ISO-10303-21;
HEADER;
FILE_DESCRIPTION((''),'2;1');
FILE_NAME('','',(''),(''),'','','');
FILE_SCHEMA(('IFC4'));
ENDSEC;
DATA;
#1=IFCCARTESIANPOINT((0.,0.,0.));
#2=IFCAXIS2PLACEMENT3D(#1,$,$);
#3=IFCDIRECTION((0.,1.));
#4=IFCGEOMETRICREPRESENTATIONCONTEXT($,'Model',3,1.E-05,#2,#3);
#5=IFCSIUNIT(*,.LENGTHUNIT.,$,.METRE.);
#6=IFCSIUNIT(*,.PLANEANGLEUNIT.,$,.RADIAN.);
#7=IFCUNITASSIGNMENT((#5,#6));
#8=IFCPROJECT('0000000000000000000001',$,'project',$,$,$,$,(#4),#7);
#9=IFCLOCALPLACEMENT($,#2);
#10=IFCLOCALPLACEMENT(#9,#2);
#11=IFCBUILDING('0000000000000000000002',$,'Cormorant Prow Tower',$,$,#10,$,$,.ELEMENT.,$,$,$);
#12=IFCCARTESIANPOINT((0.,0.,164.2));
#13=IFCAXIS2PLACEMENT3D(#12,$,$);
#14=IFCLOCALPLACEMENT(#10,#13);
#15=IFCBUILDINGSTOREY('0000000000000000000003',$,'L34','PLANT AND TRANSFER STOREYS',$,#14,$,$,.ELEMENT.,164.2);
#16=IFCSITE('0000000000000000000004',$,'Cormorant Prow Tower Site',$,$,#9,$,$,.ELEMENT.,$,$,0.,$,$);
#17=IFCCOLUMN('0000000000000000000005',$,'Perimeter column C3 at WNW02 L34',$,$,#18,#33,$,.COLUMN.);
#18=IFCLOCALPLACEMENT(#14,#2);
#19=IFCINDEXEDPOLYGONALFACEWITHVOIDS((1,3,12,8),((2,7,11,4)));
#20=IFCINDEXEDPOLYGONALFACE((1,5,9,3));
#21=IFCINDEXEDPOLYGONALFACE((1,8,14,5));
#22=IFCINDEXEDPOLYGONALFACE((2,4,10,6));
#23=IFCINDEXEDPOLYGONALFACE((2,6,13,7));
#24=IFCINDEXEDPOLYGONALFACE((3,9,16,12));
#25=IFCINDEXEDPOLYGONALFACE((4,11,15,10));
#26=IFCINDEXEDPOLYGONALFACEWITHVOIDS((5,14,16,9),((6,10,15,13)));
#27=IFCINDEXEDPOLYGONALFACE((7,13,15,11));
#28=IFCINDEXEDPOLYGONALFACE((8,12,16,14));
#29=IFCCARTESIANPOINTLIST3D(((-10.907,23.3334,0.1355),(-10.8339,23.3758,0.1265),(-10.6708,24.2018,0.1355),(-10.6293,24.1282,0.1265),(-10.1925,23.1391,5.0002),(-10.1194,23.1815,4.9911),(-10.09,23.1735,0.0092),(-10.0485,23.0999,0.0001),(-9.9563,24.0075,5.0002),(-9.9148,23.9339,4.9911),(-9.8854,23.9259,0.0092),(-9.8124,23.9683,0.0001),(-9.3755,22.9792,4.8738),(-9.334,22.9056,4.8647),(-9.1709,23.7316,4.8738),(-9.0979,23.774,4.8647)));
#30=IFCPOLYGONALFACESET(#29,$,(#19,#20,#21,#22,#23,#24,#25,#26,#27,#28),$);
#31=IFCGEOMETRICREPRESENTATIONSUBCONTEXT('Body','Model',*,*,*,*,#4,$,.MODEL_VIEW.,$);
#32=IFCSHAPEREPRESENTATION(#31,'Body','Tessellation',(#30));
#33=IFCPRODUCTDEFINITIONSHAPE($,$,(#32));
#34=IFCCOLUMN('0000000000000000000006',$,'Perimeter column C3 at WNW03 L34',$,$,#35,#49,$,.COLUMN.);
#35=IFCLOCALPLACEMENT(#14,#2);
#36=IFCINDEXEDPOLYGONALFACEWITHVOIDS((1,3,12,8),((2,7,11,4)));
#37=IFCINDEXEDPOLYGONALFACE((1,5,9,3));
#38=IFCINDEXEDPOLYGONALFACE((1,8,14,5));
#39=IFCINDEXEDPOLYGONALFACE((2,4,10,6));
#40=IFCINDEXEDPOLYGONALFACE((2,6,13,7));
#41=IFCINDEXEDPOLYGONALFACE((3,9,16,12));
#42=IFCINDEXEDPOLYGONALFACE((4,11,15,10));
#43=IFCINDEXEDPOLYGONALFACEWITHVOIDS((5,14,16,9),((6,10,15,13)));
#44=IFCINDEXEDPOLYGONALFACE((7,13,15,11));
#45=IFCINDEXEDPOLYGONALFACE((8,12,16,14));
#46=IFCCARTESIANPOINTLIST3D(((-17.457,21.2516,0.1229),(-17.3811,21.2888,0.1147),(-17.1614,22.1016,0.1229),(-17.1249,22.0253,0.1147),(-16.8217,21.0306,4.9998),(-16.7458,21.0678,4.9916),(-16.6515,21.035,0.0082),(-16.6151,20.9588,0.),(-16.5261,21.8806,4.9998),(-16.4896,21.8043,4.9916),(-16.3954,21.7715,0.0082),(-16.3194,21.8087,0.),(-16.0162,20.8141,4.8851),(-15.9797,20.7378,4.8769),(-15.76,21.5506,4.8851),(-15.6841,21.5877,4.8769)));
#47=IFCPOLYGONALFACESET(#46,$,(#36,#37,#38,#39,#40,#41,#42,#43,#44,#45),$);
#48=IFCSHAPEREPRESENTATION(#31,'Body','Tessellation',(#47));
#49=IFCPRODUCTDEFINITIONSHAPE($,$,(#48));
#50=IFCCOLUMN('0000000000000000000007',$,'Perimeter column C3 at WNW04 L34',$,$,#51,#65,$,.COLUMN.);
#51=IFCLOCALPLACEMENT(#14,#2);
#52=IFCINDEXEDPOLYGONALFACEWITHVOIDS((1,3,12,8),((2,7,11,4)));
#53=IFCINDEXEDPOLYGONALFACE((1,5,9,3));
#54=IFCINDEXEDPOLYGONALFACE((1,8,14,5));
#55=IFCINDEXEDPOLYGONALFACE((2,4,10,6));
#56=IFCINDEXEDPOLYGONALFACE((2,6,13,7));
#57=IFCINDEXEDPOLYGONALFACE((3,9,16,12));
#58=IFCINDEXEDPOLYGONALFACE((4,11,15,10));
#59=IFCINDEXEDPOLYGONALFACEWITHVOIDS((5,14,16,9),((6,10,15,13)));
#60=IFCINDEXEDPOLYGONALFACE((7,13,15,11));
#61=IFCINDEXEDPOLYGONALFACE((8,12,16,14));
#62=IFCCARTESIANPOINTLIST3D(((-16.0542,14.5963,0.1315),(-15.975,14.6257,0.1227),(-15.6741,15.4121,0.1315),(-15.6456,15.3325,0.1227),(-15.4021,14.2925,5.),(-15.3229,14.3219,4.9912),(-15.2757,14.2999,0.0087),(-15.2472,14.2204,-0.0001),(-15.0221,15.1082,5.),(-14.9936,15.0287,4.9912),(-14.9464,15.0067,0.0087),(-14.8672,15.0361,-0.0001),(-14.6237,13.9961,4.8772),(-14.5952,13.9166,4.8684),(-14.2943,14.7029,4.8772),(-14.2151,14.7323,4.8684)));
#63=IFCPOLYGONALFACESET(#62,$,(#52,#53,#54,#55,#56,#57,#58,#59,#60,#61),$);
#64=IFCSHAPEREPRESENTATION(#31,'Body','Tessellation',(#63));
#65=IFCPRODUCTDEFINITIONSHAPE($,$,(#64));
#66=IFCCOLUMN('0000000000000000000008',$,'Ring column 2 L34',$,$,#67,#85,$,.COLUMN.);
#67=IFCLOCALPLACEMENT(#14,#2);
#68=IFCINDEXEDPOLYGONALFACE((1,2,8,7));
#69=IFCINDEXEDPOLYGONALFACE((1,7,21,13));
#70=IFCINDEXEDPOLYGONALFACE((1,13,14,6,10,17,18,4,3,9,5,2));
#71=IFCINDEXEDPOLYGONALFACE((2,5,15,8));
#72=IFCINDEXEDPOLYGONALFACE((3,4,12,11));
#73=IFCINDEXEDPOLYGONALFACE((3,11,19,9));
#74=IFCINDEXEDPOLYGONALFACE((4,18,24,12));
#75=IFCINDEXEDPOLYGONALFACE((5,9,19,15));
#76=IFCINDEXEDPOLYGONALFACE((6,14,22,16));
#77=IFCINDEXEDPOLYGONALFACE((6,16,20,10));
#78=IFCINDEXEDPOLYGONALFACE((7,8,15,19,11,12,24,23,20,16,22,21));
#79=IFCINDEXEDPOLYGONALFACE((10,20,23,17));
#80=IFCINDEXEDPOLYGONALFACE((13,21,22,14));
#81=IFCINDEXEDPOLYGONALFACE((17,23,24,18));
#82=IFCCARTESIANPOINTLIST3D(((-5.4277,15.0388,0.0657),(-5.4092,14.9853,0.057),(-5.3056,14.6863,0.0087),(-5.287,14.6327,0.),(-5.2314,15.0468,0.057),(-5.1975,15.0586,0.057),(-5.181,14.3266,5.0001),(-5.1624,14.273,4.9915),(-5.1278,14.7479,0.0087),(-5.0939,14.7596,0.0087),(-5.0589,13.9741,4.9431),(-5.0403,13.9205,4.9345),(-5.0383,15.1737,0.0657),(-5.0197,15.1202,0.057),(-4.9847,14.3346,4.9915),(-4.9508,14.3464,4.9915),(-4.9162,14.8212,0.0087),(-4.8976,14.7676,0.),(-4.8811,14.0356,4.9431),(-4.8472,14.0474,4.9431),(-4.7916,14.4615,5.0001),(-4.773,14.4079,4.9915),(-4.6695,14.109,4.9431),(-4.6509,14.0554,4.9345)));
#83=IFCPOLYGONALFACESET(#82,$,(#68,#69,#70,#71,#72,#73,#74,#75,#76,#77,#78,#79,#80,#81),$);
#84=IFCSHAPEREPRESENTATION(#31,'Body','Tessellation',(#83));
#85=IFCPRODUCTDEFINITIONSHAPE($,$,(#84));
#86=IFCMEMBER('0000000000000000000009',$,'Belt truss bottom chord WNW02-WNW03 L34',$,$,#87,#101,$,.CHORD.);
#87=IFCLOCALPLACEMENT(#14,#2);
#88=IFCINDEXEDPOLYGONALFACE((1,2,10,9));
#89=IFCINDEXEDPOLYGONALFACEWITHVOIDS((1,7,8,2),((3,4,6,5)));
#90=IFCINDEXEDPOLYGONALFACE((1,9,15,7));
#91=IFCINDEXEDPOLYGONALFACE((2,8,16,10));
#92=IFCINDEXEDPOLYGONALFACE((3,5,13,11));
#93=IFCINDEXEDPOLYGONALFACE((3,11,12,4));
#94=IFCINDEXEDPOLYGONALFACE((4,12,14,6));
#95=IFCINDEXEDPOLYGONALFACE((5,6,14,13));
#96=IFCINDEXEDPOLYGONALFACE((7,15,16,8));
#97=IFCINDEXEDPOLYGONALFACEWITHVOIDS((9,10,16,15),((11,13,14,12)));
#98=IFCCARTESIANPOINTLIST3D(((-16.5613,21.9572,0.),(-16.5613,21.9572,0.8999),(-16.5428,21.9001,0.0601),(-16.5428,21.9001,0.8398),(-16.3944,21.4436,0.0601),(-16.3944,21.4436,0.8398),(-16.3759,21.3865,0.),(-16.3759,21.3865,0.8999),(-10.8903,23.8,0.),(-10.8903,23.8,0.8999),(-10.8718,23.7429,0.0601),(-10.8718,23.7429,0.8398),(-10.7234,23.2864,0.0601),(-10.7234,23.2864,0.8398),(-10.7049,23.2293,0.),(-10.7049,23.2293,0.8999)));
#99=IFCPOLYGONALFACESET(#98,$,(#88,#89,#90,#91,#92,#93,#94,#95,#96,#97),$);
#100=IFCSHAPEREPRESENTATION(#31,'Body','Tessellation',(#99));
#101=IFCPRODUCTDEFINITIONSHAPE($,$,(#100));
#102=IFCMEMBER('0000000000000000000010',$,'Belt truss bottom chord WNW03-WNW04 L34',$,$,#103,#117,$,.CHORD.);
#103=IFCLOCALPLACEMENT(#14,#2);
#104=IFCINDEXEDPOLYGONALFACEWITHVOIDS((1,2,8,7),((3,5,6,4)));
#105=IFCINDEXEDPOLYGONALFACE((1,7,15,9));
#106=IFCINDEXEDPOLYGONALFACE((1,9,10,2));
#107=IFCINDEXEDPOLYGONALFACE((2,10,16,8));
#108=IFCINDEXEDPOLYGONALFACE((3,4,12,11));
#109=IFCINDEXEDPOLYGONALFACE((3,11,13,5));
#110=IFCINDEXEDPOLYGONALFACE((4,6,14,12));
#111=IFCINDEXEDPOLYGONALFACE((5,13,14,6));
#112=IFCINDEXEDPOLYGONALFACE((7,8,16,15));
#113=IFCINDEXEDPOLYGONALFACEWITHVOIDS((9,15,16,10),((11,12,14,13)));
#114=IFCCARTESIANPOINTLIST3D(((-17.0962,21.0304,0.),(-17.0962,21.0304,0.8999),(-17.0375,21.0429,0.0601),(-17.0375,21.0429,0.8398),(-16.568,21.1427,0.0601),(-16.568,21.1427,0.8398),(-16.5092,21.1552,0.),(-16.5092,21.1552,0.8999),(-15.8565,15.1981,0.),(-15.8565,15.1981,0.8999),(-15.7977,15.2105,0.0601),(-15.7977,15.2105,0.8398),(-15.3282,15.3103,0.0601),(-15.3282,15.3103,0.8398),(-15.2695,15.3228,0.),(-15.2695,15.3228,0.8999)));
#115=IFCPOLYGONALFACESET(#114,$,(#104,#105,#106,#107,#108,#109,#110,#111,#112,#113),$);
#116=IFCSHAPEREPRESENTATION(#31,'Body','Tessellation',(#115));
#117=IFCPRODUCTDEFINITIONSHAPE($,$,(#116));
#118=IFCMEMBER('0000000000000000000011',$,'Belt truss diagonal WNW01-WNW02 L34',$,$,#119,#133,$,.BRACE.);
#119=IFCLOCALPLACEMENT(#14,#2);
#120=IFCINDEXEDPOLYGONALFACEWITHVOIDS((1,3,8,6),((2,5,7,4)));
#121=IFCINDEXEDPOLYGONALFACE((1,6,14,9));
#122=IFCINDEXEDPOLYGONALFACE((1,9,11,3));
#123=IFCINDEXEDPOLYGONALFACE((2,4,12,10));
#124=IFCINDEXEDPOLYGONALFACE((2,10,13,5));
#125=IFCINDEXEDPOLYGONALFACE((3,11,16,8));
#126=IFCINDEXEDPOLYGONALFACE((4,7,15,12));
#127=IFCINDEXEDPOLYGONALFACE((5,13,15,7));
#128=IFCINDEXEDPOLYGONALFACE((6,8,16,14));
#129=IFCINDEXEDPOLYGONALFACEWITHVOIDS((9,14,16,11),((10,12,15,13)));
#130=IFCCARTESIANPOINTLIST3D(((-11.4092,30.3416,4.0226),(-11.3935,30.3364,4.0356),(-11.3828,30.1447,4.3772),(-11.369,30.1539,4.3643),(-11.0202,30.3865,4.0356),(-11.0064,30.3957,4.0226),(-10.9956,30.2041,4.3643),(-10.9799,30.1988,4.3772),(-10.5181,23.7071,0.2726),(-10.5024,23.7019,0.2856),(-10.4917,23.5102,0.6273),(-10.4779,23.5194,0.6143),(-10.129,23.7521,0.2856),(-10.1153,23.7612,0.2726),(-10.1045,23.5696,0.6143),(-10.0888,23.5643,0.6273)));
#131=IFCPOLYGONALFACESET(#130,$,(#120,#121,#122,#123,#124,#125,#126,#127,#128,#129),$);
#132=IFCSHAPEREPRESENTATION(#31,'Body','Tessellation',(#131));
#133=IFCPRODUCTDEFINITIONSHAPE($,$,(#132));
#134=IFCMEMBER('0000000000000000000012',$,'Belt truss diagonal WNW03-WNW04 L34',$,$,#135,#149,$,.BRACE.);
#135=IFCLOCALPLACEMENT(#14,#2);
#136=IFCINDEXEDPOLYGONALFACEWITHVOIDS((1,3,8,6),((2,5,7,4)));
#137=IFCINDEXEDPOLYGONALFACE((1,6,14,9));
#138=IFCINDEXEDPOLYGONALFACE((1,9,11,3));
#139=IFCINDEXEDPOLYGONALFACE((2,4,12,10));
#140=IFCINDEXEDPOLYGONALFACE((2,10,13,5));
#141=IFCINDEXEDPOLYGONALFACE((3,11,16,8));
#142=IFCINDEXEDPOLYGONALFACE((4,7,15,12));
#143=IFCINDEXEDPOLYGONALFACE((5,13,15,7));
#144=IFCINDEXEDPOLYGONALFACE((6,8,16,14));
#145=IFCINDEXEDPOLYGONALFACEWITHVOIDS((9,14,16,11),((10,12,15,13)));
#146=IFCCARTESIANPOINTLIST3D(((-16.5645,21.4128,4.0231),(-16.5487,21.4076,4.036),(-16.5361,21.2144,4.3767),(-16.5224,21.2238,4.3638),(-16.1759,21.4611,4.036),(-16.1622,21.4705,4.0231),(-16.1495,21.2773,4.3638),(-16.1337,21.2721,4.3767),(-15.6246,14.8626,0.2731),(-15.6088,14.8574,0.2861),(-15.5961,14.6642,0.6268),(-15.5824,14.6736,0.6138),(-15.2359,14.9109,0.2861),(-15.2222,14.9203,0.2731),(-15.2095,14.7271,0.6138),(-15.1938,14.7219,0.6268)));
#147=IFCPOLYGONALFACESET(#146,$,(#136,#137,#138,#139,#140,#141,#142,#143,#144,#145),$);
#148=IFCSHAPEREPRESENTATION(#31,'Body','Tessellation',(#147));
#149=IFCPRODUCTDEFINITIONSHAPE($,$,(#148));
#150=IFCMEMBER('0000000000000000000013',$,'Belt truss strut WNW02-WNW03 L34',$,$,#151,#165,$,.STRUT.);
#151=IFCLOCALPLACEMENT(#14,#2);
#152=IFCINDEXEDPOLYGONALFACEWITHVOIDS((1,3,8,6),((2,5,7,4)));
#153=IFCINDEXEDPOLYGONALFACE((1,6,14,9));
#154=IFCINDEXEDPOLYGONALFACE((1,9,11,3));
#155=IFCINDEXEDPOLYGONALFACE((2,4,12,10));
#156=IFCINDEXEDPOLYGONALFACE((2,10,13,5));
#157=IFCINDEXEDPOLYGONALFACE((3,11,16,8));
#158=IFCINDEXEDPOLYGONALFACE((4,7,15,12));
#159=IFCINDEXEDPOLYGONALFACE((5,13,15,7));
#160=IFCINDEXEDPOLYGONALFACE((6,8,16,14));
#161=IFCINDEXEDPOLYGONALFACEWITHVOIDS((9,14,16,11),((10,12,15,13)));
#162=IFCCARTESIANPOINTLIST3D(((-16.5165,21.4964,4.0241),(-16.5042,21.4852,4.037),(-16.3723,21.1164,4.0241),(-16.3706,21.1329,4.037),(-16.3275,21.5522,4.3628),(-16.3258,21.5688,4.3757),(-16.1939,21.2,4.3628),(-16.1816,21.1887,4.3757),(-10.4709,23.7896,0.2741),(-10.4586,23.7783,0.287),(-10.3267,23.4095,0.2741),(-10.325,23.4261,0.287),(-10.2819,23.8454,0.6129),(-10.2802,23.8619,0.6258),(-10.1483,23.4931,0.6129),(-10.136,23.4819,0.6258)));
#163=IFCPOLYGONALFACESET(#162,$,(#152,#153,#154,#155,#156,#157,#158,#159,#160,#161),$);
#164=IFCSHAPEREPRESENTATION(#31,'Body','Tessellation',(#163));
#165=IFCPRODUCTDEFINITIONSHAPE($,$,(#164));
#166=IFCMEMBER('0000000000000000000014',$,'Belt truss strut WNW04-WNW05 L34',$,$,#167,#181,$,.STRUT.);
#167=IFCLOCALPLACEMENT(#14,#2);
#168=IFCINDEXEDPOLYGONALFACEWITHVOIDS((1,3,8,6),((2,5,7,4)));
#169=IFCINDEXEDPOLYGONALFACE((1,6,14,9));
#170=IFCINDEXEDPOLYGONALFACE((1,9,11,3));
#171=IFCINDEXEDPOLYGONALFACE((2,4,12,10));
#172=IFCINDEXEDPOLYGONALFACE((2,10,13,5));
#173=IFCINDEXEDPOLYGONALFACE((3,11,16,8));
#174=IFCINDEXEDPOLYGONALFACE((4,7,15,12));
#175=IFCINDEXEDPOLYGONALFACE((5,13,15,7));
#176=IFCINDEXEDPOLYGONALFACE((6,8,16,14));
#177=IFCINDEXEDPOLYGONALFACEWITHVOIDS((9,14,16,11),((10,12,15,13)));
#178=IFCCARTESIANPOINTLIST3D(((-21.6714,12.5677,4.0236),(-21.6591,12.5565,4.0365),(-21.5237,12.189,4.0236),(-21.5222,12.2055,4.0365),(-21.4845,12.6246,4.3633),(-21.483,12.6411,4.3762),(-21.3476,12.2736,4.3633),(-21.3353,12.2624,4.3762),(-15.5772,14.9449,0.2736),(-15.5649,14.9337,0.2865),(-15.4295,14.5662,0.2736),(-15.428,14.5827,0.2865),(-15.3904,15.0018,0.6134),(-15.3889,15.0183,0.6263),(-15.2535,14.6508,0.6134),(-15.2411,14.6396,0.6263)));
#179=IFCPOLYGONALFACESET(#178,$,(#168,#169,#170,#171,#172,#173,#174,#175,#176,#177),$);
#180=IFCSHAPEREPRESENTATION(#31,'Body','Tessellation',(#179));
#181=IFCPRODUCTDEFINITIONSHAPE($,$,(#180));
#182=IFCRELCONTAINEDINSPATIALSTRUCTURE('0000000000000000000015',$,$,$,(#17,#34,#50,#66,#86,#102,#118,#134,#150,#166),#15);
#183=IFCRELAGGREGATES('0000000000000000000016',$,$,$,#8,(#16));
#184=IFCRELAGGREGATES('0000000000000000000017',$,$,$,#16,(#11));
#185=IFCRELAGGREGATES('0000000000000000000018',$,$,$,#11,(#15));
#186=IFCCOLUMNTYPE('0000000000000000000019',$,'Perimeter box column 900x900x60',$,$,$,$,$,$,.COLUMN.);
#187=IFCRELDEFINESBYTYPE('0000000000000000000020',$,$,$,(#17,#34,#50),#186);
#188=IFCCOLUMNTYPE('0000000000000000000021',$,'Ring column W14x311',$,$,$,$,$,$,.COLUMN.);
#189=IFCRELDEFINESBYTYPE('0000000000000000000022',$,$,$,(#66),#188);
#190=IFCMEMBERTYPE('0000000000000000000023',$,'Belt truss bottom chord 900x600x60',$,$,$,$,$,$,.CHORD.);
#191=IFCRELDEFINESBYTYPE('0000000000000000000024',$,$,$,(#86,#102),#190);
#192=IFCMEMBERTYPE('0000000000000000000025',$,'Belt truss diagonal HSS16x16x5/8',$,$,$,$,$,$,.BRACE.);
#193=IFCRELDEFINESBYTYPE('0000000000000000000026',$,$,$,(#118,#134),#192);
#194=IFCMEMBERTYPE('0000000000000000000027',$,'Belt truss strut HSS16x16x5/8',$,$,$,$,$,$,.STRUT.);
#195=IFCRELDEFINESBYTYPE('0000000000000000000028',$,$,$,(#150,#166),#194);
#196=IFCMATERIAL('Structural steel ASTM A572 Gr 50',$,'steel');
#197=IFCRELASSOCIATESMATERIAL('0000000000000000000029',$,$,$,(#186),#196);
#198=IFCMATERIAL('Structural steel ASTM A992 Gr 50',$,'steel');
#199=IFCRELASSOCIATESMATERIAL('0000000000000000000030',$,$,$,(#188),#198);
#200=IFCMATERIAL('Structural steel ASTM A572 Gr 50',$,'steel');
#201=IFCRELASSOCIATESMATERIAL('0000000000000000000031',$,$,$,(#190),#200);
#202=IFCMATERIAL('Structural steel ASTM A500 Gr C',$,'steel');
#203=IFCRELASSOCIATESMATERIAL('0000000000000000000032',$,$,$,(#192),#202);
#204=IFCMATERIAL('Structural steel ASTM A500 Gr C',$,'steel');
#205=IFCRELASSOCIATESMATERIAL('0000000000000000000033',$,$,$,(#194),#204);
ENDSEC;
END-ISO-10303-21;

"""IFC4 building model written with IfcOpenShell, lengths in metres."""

from ifc_helpers import new_model, si_unit, direction, frame, origin, origin_2d, place, context, subcontext, project, spatial, hollow_rectangle, i_section, extrude, material, material_profile, profile_set, type_object, element, save


model = new_model("IFC4")

# Units and contexts
model_context = context("Model", 3, precision=1e-05, world=origin(), true_north=direction((0.0, 1.0)))
body_context = subcontext(model_context, "Body", "Model", "MODEL_VIEW")
ifc_project = project(units=[si_unit("LENGTHUNIT", "METRE"), si_unit("PLANEANGLEUNIT", "RADIAN")], contexts=[model_context])

# Site, building, storey
site_placement = place(None, origin())
site = spatial("IfcSite", under=ifc_project, at=site_placement, Name="Cormorant Prow Tower Site", CompositionType="ELEMENT", RefElevation=0.0)
building_placement = place(site_placement, origin())
building = spatial("IfcBuilding", under=site, at=building_placement, Name="Cormorant Prow Tower", CompositionType="ELEMENT")
storey_placement = place(building_placement, frame((0.0, 0.0, 164.2)))
storey = spatial("IfcBuildingStorey", under=building, at=storey_placement, Name="L34", Description="PLANT AND TRANSFER STOREYS", CompositionType="ELEMENT", Elevation=164.2)

# Columns
ifc_material_1 = material(Name="Structural steel ASTM A572 Gr 50", Category="steel")
ifc_material_profile_1 = material_profile(ifc_material_1, hollow_rectangle(XDim=0.8999, YDim=0.8999, WallThickness=0.0601, at=origin_2d()), Name="Box 900x900x60")
ifc_profile_set_1 = profile_set([ifc_material_profile_1], Name="Structural steel ASTM A572 Gr 50")
column_type_1 = type_object("IfcColumnType", Name="Perimeter box column 900x900x60", PredefinedType="COLUMN", material=ifc_profile_set_1)
column_1_placement = place(storey_placement, frame((-10.3696, 23.6536, 0.0), z_axis=(0.145203, -0.039487, 0.988614), x_axis=(0.262412, 0.964956, 0.0)))
element("IfcColumn", 1, at=column_1_placement, inside=storey, type_object=column_type_1, Name="Perimeter column C3 at WNW02 L34", PredefinedType="COLUMN", context=body_context, shape_type="SweptSolid", body=[
    extrude(hollow_rectangle(XDim=0.8999, YDim=0.8999, WallThickness=0.0601, at=origin_2d()), frame((0.0, 0.0, 0.0686)), (0.0, 0.0, 1.0), 4.9207),
])
column_2_placement = place(storey_placement, frame((-16.8962, 21.533, 0.0), z_axis=(0.129052, -0.044888, 0.990621), x_axis=(0.328521, 0.944497, 0.0)))
element("IfcColumn", 2, at=column_2_placement, inside=storey, type_object=column_type_1, Name="Perimeter column C3 at WNW03 L34", PredefinedType="COLUMN", context=body_context, shape_type="SweptSolid", body=[
    extrude(hollow_rectangle(XDim=0.8999, YDim=0.8999, WallThickness=0.0601, at=origin_2d()), frame((0.0, 0.0, 0.062)), (0.0, 0.0, 1.0), 4.9231),
])
column_3_placement = place(storey_placement, frame((-15.4695, 14.8203, 0.0), z_axis=(0.132497, -0.061732, 0.989259), x_axis=(0.422325, 0.906445, 0.0)))
element("IfcColumn", 3, at=column_3_placement, inside=storey, type_object=column_type_1, Name="Perimeter column C3 at WNW04 L34", PredefinedType="COLUMN", context=body_context, shape_type="SweptSolid", body=[
    extrude(hollow_rectangle(XDim=0.8999, YDim=0.8999, WallThickness=0.0601, at=origin_2d()), frame((0.0, 0.0, 0.0664)), (0.0, 0.0, 1.0), 4.9214),
])
ifc_material_2 = material(Name="Structural steel ASTM A992 Gr 50", Category="steel")
ifc_material_profile_2 = material_profile(ifc_material_2, i_section(OverallWidth=0.4121, OverallDepth=0.4348, WebThickness=0.0359, FlangeThickness=0.0574, at=origin_2d()), Name="W14x311")
ifc_profile_set_2 = profile_set([ifc_material_profile_2], Name="Structural steel ASTM A992 Gr 50")
column_type_2 = type_object("IfcColumnType", Name="Ring column W14x311", PredefinedType="COLUMN", material=ifc_profile_set_2)
column_4_placement = place(storey_placement, frame((-5.1643, 14.908, 0.0), z_axis=(0.049427, -0.142681, 0.988534), x_axis=(0.94491, 0.32733, 0.0)))
element("IfcColumn", 4, at=column_4_placement, inside=storey, type_object=column_type_2, Name="Ring column 2 L34", PredefinedType="COLUMN", context=body_context, shape_type="SweptSolid", body=[
    extrude(i_section(OverallWidth=0.4121, OverallDepth=0.4348, WebThickness=0.0359, FlangeThickness=0.0574, at=origin_2d()), frame((0.0, 0.0, 0.0332)), (0.0, 0.0, 1.0), 4.9917),
])

# Members
ifc_material_3 = material(Name="Structural steel ASTM A572 Gr 50", Category="steel")
ifc_material_profile_3 = material_profile(ifc_material_3, hollow_rectangle(XDim=0.6001, YDim=0.8999, WallThickness=0.0601, at=origin_2d()), Name="Box 900x600x60")
ifc_profile_set_3 = profile_set([ifc_material_profile_3], Name="Structural steel ASTM A572 Gr 50")
member_type_1 = type_object("IfcMemberType", Name="Belt truss bottom chord 900x600x60", PredefinedType="CHORD", material=ifc_profile_set_3)
member_1_placement = place(storey_placement, frame((-10.7976, 23.5146, 0.45), z_axis=(-0.951047, -0.309045, 0.0), x_axis=(0.309045, -0.951047, 0.0)))
element("IfcMember", 5, at=member_1_placement, inside=storey, type_object=member_type_1, Name="Belt truss bottom chord WNW02-WNW03 L34", PredefinedType="CHORD", context=body_context, shape_type="SweptSolid", body=[
    extrude(hollow_rectangle(XDim=0.6001, YDim=0.8999, WallThickness=0.0601, at=origin_2d()), origin(), (0.0, 0.0, 1.0), 5.9629),
])
member_2_placement = place(storey_placement, frame((-16.8027, 21.0928, 0.45), z_axis=(0.207921, -0.978146, 0.0), x_axis=(0.978146, 0.207921, 0.0)))
element("IfcMember", 6, at=member_2_placement, inside=storey, type_object=member_type_1, Name="Belt truss bottom chord WNW03-WNW04 L34", PredefinedType="CHORD", context=body_context, shape_type="SweptSolid", body=[
    extrude(hollow_rectangle(XDim=0.6001, YDim=0.8999, WallThickness=0.0601, at=origin_2d()), origin(), (0.0, 0.0, 1.0), 5.9626),
])
ifc_material_4 = material(Name="Structural steel ASTM A500 Gr C", Category="steel")
ifc_material_profile_4 = material_profile(ifc_material_4, hollow_rectangle(XDim=0.4065, YDim=0.4065, WallThickness=0.0149, at=origin_2d()), Name="HSS16x16x5/8")
ifc_profile_set_4 = profile_set([ifc_material_profile_4], Name="Structural steel ASTM A500 Gr C")
member_type_2 = type_object("IfcMemberType", Name="Belt truss diagonal HSS16x16x5/8", PredefinedType="BRACE", material=ifc_profile_set_4)
member_3_placement = place(storey_placement, frame((-10.3035, 23.6357, 0.45), z_axis=(-0.116138, 0.864669, 0.488733), x_axis=(-0.9911, -0.133119, 0.0)))
element("IfcMember", 7, at=member_3_placement, inside=storey, type_object=member_type_2, Name="Belt truss diagonal WNW01-WNW02 L34", PredefinedType="BRACE", context=body_context, shape_type="SweptSolid", body=[
    extrude(hollow_rectangle(XDim=0.4065, YDim=0.4065, WallThickness=0.0149, at=origin_2d()), origin(), (0.0, 0.0, 1.0), 7.6729),
])
member_4_placement = place(storey_placement, frame((-15.4092, 14.7922, 0.45), z_axis=(-0.123578, 0.861193, 0.493027), x_axis=(-0.989861, -0.142041, 0.0)))
element("IfcMember", 8, at=member_4_placement, inside=storey, type_object=member_type_2, Name="Belt truss diagonal WNW03-WNW04 L34", PredefinedType="BRACE", context=body_context, shape_type="SweptSolid", body=[
    extrude(hollow_rectangle(XDim=0.4065, YDim=0.4065, WallThickness=0.0149, at=origin_2d()), origin(), (0.0, 0.0, 1.0), 7.606),
])
ifc_material_5 = material(Name="Structural steel ASTM A500 Gr C", Category="steel")
ifc_material_profile_5 = material_profile(ifc_material_5, hollow_rectangle(XDim=0.4065, YDim=0.4065, WallThickness=0.0149, at=origin_2d()), Name="HSS16x16x5/8")
ifc_profile_set_5 = profile_set([ifc_material_profile_5], Name="Structural steel ASTM A500 Gr C")
member_type_3 = type_object("IfcMemberType", Name="Belt truss strut HSS16x16x5/8", PredefinedType="STRUT", material=ifc_profile_set_5)
member_5_placement = place(storey_placement, frame((-10.3035, 23.6357, 0.45), z_axis=(-0.808815, -0.306796, 0.501692), x_axis=(0.354659, -0.934996, 0.0)))
element("IfcMember", 9, at=member_5_placement, inside=storey, type_object=member_type_3, Name="Belt truss strut WNW02-WNW03 L34", PredefinedType="STRUT", context=body_context, shape_type="SweptSolid", body=[
    extrude(hollow_rectangle(XDim=0.4065, YDim=0.4065, WallThickness=0.0149, at=origin_2d()), origin(), (0.0, 0.0, 1.0), 7.4746),
])
member_6_placement = place(storey_placement, frame((-15.4092, 14.7922, 0.45), z_axis=(-0.808242, -0.315273, 0.49734), x_axis=(0.363404, -0.931632, 0.0)))
element("IfcMember", 10, at=member_6_placement, inside=storey, type_object=member_type_3, Name="Belt truss strut WNW04-WNW05 L34", PredefinedType="STRUT", context=body_context, shape_type="SweptSolid", body=[
    extrude(hollow_rectangle(XDim=0.4065, YDim=0.4065, WallThickness=0.0149, at=origin_2d()), origin(), (0.0, 0.0, 1.0), 7.54),
])

save(model, "model.ifc")
